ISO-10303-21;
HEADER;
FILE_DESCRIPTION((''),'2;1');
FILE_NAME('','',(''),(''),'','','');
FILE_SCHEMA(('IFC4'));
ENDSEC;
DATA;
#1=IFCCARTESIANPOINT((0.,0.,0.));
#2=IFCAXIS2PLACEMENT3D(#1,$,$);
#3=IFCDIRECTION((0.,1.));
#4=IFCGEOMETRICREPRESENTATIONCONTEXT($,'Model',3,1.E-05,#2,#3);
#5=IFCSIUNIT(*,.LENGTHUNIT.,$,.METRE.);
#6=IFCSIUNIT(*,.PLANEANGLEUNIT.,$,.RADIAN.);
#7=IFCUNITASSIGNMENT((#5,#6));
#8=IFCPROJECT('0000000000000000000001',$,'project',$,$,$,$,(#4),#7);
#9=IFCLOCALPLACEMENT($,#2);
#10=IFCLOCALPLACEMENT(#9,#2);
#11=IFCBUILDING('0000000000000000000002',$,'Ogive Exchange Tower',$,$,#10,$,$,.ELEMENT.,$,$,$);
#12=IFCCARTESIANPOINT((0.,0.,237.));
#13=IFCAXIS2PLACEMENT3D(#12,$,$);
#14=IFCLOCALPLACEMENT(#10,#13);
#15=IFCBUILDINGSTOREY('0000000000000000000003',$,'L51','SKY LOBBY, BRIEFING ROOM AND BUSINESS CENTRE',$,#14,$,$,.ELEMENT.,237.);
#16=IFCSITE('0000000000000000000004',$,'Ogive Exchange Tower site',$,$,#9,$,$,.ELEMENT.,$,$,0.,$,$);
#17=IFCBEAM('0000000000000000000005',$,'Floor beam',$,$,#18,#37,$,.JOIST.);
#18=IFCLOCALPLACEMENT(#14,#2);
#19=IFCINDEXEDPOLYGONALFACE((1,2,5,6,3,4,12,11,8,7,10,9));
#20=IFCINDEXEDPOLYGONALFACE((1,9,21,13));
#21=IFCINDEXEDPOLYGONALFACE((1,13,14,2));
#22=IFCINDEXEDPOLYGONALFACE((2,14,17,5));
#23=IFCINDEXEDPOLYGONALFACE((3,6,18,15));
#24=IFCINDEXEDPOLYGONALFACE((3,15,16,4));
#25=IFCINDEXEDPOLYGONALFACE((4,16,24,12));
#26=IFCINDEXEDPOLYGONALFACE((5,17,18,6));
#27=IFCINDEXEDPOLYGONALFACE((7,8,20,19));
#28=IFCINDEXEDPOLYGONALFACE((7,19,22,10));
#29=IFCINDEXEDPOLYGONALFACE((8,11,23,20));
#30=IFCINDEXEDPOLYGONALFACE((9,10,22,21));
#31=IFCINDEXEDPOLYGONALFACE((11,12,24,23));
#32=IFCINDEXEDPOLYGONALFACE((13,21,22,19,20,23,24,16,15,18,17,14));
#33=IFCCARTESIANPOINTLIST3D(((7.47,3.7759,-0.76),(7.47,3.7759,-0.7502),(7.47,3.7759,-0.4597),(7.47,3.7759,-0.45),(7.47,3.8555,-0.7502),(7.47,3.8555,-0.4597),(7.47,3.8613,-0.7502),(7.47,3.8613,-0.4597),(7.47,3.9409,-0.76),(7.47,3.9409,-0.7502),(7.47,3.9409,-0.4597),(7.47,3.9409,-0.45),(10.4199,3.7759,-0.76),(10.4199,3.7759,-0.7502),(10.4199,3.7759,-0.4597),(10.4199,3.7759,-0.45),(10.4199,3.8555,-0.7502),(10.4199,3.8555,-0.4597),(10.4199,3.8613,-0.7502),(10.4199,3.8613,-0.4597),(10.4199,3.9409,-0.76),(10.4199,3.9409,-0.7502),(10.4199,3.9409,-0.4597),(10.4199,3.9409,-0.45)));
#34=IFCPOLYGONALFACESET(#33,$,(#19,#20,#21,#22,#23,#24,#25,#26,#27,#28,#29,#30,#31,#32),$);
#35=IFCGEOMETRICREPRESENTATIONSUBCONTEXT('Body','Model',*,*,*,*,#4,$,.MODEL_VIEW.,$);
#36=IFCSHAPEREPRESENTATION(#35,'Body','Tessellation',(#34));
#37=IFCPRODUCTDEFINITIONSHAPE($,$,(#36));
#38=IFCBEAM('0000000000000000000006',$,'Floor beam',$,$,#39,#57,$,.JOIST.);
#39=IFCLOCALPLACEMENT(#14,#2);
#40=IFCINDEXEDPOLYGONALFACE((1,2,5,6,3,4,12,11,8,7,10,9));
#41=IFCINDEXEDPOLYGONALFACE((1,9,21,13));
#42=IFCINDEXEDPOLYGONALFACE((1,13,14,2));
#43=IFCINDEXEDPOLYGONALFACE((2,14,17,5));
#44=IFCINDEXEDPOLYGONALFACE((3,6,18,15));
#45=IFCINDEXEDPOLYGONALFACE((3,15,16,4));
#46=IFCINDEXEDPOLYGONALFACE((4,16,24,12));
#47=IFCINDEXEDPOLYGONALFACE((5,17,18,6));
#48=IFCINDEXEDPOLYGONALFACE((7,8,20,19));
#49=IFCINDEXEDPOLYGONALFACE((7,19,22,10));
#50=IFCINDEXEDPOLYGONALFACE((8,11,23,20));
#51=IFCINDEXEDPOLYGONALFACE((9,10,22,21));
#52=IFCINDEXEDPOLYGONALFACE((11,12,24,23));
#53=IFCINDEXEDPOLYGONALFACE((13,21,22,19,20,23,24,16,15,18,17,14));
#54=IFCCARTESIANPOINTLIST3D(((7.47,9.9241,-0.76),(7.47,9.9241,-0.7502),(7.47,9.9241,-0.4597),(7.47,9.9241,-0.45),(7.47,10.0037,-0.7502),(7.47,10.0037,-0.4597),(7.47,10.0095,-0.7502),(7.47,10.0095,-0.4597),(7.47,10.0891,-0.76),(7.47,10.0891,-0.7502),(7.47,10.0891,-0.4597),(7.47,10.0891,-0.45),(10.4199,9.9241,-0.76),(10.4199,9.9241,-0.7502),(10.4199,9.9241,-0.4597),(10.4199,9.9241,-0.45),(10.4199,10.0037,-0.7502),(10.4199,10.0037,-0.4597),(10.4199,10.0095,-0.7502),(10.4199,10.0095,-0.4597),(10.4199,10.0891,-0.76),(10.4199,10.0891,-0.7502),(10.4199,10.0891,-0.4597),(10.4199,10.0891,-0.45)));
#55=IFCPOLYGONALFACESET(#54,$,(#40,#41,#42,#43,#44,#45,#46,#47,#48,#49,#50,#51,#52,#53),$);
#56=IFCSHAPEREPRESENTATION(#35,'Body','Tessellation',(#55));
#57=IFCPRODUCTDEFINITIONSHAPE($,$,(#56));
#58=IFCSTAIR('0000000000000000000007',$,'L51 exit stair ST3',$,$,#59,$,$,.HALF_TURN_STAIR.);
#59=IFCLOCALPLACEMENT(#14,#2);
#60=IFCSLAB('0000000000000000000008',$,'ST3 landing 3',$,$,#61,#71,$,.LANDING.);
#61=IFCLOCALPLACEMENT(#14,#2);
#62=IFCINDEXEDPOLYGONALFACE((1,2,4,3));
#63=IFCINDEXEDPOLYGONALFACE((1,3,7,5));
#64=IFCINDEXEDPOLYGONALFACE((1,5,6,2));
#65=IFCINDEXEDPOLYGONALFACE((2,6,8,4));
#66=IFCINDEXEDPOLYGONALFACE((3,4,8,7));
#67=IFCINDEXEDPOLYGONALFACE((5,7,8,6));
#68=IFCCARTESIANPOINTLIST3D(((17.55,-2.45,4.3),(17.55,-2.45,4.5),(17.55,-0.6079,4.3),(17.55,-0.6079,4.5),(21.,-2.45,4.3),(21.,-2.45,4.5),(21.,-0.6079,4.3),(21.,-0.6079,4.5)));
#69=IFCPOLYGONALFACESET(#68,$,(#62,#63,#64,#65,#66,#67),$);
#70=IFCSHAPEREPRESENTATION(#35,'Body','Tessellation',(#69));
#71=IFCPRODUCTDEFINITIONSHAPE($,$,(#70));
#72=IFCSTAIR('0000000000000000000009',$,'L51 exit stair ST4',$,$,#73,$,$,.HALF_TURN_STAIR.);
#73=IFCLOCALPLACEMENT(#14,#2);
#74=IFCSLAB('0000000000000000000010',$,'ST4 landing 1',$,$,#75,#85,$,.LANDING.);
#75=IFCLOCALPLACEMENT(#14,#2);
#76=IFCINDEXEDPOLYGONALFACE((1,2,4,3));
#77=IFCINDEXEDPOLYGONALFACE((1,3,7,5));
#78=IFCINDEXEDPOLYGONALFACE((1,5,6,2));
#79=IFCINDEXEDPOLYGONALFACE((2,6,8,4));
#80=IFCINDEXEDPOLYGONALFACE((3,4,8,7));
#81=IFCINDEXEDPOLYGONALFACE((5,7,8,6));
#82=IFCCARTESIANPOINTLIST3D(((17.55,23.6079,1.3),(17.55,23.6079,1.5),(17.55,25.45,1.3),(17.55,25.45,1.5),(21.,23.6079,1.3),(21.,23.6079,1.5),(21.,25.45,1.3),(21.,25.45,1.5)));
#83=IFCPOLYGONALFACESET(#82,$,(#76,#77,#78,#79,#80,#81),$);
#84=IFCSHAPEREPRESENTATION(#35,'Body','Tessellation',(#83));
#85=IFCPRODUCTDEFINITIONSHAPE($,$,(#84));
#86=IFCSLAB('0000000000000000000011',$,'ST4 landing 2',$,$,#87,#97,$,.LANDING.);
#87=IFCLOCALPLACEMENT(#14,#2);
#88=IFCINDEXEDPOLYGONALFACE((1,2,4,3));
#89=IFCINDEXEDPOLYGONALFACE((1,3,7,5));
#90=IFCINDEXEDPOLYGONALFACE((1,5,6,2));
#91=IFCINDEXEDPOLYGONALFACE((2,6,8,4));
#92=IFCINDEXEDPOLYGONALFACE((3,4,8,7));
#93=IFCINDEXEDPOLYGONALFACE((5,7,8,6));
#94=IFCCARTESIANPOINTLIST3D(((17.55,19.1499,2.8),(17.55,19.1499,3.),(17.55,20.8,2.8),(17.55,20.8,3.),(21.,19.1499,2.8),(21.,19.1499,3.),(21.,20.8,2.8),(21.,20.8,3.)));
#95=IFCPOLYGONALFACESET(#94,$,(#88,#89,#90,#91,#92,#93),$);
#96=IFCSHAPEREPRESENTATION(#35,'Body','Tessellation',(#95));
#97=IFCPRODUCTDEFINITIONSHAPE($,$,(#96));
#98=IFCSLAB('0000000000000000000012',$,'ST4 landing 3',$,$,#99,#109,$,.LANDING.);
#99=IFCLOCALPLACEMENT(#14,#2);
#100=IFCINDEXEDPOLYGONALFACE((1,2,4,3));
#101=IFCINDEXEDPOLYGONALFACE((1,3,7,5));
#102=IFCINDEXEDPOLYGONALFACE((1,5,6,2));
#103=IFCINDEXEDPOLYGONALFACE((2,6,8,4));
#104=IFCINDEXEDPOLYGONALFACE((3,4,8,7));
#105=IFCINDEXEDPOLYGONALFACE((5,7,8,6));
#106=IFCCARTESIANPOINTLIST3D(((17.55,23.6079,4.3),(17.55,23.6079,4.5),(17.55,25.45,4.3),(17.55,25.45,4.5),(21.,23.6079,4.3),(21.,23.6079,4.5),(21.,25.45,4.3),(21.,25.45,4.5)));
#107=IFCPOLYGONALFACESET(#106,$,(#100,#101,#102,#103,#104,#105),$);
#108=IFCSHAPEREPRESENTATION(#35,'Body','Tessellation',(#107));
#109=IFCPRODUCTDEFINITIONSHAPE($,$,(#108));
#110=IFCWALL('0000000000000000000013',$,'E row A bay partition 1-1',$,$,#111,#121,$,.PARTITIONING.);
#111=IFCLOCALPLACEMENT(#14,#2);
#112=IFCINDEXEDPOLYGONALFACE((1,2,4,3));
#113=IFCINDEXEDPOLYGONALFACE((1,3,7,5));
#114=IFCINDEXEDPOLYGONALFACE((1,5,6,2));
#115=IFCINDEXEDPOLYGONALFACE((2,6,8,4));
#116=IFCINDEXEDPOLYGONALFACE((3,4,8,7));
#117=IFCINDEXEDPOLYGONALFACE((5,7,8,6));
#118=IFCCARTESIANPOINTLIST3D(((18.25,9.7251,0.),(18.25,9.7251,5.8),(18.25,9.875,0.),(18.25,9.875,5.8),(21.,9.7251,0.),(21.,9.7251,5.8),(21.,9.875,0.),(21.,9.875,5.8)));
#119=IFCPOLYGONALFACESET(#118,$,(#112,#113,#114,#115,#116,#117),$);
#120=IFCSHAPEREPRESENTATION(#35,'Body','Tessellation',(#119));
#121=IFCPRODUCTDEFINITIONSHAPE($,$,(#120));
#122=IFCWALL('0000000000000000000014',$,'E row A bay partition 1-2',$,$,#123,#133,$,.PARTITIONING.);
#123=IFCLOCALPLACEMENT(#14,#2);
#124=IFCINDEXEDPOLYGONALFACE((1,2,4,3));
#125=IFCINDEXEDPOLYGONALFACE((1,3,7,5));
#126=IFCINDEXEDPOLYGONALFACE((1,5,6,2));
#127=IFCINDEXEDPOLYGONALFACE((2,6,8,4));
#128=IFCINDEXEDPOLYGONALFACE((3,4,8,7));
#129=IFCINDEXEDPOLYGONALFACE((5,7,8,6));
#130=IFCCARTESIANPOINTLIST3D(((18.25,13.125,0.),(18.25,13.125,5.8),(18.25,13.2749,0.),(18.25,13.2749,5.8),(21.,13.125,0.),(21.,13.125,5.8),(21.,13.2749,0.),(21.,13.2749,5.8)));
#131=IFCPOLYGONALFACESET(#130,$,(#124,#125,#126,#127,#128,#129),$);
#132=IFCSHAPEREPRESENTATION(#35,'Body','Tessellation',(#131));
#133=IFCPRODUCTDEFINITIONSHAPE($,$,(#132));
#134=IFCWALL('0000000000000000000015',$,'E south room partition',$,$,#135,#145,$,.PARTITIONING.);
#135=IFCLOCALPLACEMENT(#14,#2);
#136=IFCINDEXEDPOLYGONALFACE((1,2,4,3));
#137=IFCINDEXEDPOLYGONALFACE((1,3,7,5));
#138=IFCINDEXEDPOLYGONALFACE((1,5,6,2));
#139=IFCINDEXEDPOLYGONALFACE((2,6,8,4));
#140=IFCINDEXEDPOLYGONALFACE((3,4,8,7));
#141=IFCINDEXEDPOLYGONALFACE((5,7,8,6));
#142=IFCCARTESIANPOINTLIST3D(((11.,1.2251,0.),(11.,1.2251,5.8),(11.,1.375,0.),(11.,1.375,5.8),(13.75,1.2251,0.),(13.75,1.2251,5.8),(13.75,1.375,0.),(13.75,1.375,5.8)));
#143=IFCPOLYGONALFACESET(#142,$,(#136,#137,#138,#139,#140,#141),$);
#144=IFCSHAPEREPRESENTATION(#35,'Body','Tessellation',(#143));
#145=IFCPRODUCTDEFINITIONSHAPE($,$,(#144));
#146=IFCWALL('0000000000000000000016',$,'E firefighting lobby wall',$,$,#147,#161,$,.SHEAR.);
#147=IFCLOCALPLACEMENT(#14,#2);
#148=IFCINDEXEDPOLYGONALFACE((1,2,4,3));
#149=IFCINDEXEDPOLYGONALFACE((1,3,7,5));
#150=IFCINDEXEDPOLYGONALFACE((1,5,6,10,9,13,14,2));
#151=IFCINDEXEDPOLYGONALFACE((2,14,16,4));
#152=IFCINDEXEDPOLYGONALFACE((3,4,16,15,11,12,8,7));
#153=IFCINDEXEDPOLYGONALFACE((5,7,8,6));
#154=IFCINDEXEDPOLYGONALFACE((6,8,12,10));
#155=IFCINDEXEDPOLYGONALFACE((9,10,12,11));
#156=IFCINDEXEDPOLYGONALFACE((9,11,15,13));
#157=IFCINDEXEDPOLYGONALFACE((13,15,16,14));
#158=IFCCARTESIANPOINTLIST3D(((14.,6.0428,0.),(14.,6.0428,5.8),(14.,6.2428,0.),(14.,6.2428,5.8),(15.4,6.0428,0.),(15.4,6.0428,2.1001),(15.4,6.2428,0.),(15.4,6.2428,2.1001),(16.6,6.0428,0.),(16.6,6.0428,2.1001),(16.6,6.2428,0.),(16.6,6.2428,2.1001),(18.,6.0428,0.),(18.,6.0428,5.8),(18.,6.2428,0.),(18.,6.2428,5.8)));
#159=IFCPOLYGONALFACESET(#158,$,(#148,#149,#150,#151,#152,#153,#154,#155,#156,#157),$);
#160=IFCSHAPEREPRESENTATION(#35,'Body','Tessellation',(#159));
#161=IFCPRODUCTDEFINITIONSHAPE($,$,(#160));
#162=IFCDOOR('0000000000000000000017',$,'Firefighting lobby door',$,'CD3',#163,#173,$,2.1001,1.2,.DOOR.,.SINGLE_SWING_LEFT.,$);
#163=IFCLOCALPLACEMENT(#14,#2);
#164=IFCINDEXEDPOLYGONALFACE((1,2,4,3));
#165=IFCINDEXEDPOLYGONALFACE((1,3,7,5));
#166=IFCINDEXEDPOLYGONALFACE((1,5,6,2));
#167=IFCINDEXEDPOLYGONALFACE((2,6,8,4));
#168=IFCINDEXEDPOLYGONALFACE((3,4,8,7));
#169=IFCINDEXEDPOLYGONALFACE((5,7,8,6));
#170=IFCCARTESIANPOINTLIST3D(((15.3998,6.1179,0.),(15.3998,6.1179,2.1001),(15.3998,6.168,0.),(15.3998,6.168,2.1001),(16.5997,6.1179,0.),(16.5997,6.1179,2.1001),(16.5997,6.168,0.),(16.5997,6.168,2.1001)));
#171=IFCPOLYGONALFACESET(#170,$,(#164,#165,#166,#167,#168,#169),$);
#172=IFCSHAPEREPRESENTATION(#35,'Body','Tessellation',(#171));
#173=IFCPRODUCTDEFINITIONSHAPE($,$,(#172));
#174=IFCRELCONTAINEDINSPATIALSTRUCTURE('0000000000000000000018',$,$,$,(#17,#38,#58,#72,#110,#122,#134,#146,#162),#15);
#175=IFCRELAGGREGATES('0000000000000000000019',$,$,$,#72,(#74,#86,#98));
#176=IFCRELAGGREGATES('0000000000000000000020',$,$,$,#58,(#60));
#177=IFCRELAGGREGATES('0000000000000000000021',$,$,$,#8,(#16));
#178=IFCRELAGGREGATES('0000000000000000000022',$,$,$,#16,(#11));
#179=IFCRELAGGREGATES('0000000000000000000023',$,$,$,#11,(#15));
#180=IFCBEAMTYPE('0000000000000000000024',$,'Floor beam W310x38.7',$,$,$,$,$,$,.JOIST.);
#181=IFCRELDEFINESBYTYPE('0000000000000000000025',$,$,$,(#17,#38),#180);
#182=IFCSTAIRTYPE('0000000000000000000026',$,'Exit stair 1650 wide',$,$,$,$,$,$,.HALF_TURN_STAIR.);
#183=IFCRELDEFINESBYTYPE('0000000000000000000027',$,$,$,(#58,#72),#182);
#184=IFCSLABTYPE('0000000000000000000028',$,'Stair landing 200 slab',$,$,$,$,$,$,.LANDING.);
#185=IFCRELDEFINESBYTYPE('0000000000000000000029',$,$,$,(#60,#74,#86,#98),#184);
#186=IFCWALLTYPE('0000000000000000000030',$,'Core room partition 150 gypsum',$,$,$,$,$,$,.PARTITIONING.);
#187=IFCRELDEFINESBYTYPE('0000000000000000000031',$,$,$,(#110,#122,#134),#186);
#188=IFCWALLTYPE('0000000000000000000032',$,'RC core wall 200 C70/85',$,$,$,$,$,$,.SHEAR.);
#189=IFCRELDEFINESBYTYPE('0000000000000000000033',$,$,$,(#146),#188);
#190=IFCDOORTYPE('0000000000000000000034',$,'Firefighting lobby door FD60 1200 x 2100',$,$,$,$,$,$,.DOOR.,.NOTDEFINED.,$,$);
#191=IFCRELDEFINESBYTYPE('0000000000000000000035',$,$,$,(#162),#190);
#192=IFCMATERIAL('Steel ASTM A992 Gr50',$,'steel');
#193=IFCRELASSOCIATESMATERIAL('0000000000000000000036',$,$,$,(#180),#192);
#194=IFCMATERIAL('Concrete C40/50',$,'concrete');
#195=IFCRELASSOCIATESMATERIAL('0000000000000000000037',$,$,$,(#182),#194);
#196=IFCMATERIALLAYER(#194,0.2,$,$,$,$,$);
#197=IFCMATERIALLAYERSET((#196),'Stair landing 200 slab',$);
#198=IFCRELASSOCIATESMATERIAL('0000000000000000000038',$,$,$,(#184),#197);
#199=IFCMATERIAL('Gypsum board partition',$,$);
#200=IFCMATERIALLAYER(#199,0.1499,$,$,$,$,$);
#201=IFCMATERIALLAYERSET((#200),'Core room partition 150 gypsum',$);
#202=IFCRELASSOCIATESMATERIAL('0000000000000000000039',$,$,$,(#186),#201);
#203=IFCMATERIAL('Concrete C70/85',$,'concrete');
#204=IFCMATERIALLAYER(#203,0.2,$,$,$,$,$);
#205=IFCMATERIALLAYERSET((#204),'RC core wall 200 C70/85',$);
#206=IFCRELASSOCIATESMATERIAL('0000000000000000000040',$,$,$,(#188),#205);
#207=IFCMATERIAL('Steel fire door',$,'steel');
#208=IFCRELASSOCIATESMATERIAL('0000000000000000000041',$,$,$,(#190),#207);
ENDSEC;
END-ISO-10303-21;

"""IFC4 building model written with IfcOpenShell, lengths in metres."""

from ifc_helpers import new_model, si_unit, direction, frame, frame_2d, origin, origin_2d, place, context, subcontext, project, spatial, polyline, rectangle, i_section, outline, extrude, material, layer, layer_set, material_profile, profile_set, type_object, element, fill, aggregate, save


model = new_model("IFC4")

# Units and contexts
model_context = context("Model", 3, precision=1e-05, world=origin(), true_north=direction((0.0, 1.0)))
body_context = subcontext(model_context, "Body", "Model", "MODEL_VIEW")
ifc_project = project(units=[si_unit("LENGTHUNIT", "METRE"), si_unit("PLANEANGLEUNIT", "RADIAN")], contexts=[model_context])

# Site, building, storey
site_placement = place(None, origin())
site = spatial("IfcSite", under=ifc_project, at=site_placement, Name="Ogive Exchange Tower site", CompositionType="ELEMENT", RefElevation=0.0)
building_placement = place(site_placement, origin())
building = spatial("IfcBuilding", under=site, at=building_placement, Name="Ogive Exchange Tower", CompositionType="ELEMENT")
storey_placement = place(building_placement, frame((0.0, 0.0, 237.0)))
storey = spatial("IfcBuildingStorey", under=building, at=storey_placement, Name="L51", Description="SKY LOBBY, BRIEFING ROOM AND BUSINESS CENTRE", CompositionType="ELEMENT", Elevation=237.0)

# Beams
ifc_material_1 = material(Name="Steel ASTM A992 Gr50", Category="steel")
ifc_material_profile = material_profile(ifc_material_1, i_section(OverallWidth=0.165, OverallDepth=0.3101, WebThickness=0.0059, FlangeThickness=0.0098, at=origin_2d()), Name="W310x38.7")
ifc_profile_set = profile_set([ifc_material_profile], Name="Steel ASTM A992 Gr50")
beam_type = type_object("IfcBeamType", Name="Floor beam W310x38.7", PredefinedType="JOIST", material=ifc_profile_set)
for number, where, z_axis, x_axis, name in (
    (1, (7.47, 3.8584, -0.605), (1.0, 0.0, 0.0), (0.0, 1.0, 0.0), "Floor beam"),
    (2, (7.47, 10.0066, -0.605), (1.0, 0.0, 0.0), (0.0, 1.0, 0.0), "Floor beam"),
):
    element("IfcBeam", number, at=place(storey_placement, frame(where, z_axis=z_axis, x_axis=x_axis)), inside=storey, type_object=beam_type, Name=name, PredefinedType="JOIST", context=body_context, shape_type="SweptSolid", body=[
        extrude(i_section(OverallWidth=0.165, OverallDepth=0.3101, WebThickness=0.0059, FlangeThickness=0.0098, at=origin_2d()), origin(), (0.0, 0.0, 1.0), 2.95),
    ])

# Stair, slab
ifc_material_2 = material(Name="Concrete C40/50", Category="concrete")
stair_type = type_object("IfcStairType", Name="Exit stair 1650 wide", PredefinedType="HALF_TURN_STAIR", material=ifc_material_2)
stair_1_placement = place(storey_placement, origin())
stair_1 = element("IfcStair", 3, at=stair_1_placement, inside=storey, type_object=stair_type, Name="L51 exit stair ST3", PredefinedType="HALF_TURN_STAIR")
ifc_layer_1 = layer(ifc_material_2, 0.2)
ifc_layer_set_1 = layer_set([ifc_layer_1], Name="Stair landing 200 slab")
slab_type = type_object("IfcSlabType", Name="Stair landing 200 slab", PredefinedType="LANDING", material=ifc_layer_set_1)
slab_1_placement = place(storey_placement, frame((0.0, 0.0, 4.3)))
slab_1 = element("IfcSlab", 4, at=slab_1_placement, type_object=slab_type, Name="ST3 landing 3", PredefinedType="LANDING", context=body_context, shape_type="SweptSolid", body=[
    extrude(outline(polyline([(17.55, -0.6079), (17.55, -2.45), (21.0, -2.45), (21.0, -0.6079), (17.55, -0.6079)])), origin(), (0.0, 0.0, 1.0), 0.2),
])

# Stair, slabs
stair_2_placement = place(storey_placement, origin())
stair_2 = element("IfcStair", 5, at=stair_2_placement, inside=storey, type_object=stair_type, Name="L51 exit stair ST4", PredefinedType="HALF_TURN_STAIR")
slab_2_placement = place(storey_placement, frame((0.0, 0.0, 1.3)))
slab_2 = element("IfcSlab", 6, at=slab_2_placement, type_object=slab_type, Name="ST4 landing 1", PredefinedType="LANDING", context=body_context, shape_type="SweptSolid", body=[
    extrude(outline(polyline([(21.0, 23.6079), (21.0, 25.45), (17.55, 25.45), (17.55, 23.6079), (21.0, 23.6079)])), origin(), (0.0, 0.0, 1.0), 0.2),
])
slab_3_placement = place(storey_placement, frame((0.0, 0.0, 2.8)))
slab_3 = element("IfcSlab", 7, at=slab_3_placement, type_object=slab_type, Name="ST4 landing 2", PredefinedType="LANDING", context=body_context, shape_type="SweptSolid", body=[
    extrude(outline(polyline([(21.0, 19.1499), (21.0, 20.8), (17.55, 20.8), (17.55, 19.1499), (21.0, 19.1499)])), origin(), (0.0, 0.0, 1.0), 0.2),
])
slab_4_placement = place(storey_placement, frame((0.0, 0.0, 4.3)))
slab_4 = element("IfcSlab", 8, at=slab_4_placement, type_object=slab_type, Name="ST4 landing 3", PredefinedType="LANDING", context=body_context, shape_type="SweptSolid", body=[
    extrude(outline(polyline([(21.0, 23.6079), (21.0, 25.45), (17.55, 25.45), (17.55, 23.6079), (21.0, 23.6079)])), origin(), (0.0, 0.0, 1.0), 0.2),
])
aggregate(stair_2, [slab_2, slab_3, slab_4])

# Walls
ifc_material_3 = material(Name="Gypsum board partition")
ifc_layer_2 = layer(ifc_material_3, 0.1499)
ifc_layer_set_2 = layer_set([ifc_layer_2], Name="Core room partition 150 gypsum")
wall_type_1 = type_object("IfcWallType", Name="Core room partition 150 gypsum", PredefinedType="PARTITIONING", material=ifc_layer_set_2)
for number, where, z_axis, x_axis, name in (
    (9, (18.25, 9.8, 0.0), (0.0, 0.0, 1.0), (1.0, 0.0, 0.0), "E row A bay partition 1-1"),
    (10, (18.25, 13.2, 0.0), (0.0, 0.0, 1.0), (1.0, 0.0, 0.0), "E row A bay partition 1-2"),
    (11, (11.0, 1.3, 0.0), (0.0, 0.0, 1.0), (1.0, 0.0, 0.0), "E south room partition"),
):
    element("IfcWall", number, at=place(storey_placement, frame(where, z_axis=z_axis, x_axis=x_axis)), inside=storey, type_object=wall_type_1, Name=name, PredefinedType="PARTITIONING", context=body_context, shape_type="SweptSolid", body=[
        extrude(rectangle(XDim=2.75, YDim=0.1499, at=frame_2d((1.375, 0.0))), origin(), (0.0, 0.0, 1.0), 5.8),
    ])

# Wall, opening, door
ifc_material_4 = material(Name="Concrete C70/85", Category="concrete")
ifc_layer_3 = layer(ifc_material_4, 0.2)
ifc_layer_set_3 = layer_set([ifc_layer_3], Name="RC core wall 200 C70/85")
wall_type_2 = type_object("IfcWallType", Name="RC core wall 200 C70/85", PredefinedType="SHEAR", material=ifc_layer_set_3)
wall_1_placement = place(storey_placement, frame((14.0, 6.1428, 0.0), z_axis=(0.0, 0.0, 1.0), x_axis=(1.0, 0.0, 0.0)))
wall_1 = element("IfcWall", 12, at=wall_1_placement, inside=storey, type_object=wall_type_2, Name="E firefighting lobby wall", PredefinedType="SHEAR", context=body_context, shape_type="SweptSolid", body=[
    extrude(rectangle(XDim=4.0, YDim=0.2, at=frame_2d((2.0, 0.0))), origin(), (0.0, 0.0, 1.0), 5.8),
])
opening_1_placement = place(wall_1_placement, frame((1.3999, 0.0, 0.0)))
opening_1 = element("IfcOpeningElement", 13, at=opening_1_placement, cuts=wall_1, PredefinedType="OPENING", context=body_context, shape_type="SweptSolid", body=[
    extrude(rectangle(XDim=1.2, YDim=2.1001, at=frame_2d((0.6001, 1.05))), frame((0.0, 0.1099, 0.0), z_axis=(0.0, -1.0, 0.0), x_axis=(1.0, 0.0, 0.0)), (0.0, 0.0, 1.0), 0.22),
])
ifc_material_5 = material(Name="Steel fire door", Category="steel")
door_type_1 = type_object("IfcDoorType", Name="Firefighting lobby door FD60 1200 x 2100", OperationType="NOTDEFINED", PredefinedType="DOOR", material=ifc_material_5)
door_1_placement = place(opening_1_placement, frame((1.2, 0.0, 0.0), z_axis=(0.0, 0.0, 1.0), x_axis=(-1.0, 0.0, 0.0)))
door_1 = element("IfcDoor", 14, at=door_1_placement, inside=storey, type_object=door_type_1, Name="Firefighting lobby door", ObjectType="CD3", OperationType="SINGLE_SWING_LEFT", OverallHeight=2.1001, OverallWidth=1.2, PredefinedType="DOOR", context=body_context, shape_type="SweptSolid", body=[
    extrude(rectangle(XDim=1.2, YDim=2.1001, at=frame_2d((0.6001, 1.05))), frame((0.0, 0.0249, 0.0), z_axis=(0.0, -1.0, 0.0), x_axis=(1.0, 0.0, 0.0)), (0.0, 0.0, 1.0), 0.05),
])
fill(opening_1, door_1)

aggregate(stair_1, [slab_1])

save(model, "model.ifc")
